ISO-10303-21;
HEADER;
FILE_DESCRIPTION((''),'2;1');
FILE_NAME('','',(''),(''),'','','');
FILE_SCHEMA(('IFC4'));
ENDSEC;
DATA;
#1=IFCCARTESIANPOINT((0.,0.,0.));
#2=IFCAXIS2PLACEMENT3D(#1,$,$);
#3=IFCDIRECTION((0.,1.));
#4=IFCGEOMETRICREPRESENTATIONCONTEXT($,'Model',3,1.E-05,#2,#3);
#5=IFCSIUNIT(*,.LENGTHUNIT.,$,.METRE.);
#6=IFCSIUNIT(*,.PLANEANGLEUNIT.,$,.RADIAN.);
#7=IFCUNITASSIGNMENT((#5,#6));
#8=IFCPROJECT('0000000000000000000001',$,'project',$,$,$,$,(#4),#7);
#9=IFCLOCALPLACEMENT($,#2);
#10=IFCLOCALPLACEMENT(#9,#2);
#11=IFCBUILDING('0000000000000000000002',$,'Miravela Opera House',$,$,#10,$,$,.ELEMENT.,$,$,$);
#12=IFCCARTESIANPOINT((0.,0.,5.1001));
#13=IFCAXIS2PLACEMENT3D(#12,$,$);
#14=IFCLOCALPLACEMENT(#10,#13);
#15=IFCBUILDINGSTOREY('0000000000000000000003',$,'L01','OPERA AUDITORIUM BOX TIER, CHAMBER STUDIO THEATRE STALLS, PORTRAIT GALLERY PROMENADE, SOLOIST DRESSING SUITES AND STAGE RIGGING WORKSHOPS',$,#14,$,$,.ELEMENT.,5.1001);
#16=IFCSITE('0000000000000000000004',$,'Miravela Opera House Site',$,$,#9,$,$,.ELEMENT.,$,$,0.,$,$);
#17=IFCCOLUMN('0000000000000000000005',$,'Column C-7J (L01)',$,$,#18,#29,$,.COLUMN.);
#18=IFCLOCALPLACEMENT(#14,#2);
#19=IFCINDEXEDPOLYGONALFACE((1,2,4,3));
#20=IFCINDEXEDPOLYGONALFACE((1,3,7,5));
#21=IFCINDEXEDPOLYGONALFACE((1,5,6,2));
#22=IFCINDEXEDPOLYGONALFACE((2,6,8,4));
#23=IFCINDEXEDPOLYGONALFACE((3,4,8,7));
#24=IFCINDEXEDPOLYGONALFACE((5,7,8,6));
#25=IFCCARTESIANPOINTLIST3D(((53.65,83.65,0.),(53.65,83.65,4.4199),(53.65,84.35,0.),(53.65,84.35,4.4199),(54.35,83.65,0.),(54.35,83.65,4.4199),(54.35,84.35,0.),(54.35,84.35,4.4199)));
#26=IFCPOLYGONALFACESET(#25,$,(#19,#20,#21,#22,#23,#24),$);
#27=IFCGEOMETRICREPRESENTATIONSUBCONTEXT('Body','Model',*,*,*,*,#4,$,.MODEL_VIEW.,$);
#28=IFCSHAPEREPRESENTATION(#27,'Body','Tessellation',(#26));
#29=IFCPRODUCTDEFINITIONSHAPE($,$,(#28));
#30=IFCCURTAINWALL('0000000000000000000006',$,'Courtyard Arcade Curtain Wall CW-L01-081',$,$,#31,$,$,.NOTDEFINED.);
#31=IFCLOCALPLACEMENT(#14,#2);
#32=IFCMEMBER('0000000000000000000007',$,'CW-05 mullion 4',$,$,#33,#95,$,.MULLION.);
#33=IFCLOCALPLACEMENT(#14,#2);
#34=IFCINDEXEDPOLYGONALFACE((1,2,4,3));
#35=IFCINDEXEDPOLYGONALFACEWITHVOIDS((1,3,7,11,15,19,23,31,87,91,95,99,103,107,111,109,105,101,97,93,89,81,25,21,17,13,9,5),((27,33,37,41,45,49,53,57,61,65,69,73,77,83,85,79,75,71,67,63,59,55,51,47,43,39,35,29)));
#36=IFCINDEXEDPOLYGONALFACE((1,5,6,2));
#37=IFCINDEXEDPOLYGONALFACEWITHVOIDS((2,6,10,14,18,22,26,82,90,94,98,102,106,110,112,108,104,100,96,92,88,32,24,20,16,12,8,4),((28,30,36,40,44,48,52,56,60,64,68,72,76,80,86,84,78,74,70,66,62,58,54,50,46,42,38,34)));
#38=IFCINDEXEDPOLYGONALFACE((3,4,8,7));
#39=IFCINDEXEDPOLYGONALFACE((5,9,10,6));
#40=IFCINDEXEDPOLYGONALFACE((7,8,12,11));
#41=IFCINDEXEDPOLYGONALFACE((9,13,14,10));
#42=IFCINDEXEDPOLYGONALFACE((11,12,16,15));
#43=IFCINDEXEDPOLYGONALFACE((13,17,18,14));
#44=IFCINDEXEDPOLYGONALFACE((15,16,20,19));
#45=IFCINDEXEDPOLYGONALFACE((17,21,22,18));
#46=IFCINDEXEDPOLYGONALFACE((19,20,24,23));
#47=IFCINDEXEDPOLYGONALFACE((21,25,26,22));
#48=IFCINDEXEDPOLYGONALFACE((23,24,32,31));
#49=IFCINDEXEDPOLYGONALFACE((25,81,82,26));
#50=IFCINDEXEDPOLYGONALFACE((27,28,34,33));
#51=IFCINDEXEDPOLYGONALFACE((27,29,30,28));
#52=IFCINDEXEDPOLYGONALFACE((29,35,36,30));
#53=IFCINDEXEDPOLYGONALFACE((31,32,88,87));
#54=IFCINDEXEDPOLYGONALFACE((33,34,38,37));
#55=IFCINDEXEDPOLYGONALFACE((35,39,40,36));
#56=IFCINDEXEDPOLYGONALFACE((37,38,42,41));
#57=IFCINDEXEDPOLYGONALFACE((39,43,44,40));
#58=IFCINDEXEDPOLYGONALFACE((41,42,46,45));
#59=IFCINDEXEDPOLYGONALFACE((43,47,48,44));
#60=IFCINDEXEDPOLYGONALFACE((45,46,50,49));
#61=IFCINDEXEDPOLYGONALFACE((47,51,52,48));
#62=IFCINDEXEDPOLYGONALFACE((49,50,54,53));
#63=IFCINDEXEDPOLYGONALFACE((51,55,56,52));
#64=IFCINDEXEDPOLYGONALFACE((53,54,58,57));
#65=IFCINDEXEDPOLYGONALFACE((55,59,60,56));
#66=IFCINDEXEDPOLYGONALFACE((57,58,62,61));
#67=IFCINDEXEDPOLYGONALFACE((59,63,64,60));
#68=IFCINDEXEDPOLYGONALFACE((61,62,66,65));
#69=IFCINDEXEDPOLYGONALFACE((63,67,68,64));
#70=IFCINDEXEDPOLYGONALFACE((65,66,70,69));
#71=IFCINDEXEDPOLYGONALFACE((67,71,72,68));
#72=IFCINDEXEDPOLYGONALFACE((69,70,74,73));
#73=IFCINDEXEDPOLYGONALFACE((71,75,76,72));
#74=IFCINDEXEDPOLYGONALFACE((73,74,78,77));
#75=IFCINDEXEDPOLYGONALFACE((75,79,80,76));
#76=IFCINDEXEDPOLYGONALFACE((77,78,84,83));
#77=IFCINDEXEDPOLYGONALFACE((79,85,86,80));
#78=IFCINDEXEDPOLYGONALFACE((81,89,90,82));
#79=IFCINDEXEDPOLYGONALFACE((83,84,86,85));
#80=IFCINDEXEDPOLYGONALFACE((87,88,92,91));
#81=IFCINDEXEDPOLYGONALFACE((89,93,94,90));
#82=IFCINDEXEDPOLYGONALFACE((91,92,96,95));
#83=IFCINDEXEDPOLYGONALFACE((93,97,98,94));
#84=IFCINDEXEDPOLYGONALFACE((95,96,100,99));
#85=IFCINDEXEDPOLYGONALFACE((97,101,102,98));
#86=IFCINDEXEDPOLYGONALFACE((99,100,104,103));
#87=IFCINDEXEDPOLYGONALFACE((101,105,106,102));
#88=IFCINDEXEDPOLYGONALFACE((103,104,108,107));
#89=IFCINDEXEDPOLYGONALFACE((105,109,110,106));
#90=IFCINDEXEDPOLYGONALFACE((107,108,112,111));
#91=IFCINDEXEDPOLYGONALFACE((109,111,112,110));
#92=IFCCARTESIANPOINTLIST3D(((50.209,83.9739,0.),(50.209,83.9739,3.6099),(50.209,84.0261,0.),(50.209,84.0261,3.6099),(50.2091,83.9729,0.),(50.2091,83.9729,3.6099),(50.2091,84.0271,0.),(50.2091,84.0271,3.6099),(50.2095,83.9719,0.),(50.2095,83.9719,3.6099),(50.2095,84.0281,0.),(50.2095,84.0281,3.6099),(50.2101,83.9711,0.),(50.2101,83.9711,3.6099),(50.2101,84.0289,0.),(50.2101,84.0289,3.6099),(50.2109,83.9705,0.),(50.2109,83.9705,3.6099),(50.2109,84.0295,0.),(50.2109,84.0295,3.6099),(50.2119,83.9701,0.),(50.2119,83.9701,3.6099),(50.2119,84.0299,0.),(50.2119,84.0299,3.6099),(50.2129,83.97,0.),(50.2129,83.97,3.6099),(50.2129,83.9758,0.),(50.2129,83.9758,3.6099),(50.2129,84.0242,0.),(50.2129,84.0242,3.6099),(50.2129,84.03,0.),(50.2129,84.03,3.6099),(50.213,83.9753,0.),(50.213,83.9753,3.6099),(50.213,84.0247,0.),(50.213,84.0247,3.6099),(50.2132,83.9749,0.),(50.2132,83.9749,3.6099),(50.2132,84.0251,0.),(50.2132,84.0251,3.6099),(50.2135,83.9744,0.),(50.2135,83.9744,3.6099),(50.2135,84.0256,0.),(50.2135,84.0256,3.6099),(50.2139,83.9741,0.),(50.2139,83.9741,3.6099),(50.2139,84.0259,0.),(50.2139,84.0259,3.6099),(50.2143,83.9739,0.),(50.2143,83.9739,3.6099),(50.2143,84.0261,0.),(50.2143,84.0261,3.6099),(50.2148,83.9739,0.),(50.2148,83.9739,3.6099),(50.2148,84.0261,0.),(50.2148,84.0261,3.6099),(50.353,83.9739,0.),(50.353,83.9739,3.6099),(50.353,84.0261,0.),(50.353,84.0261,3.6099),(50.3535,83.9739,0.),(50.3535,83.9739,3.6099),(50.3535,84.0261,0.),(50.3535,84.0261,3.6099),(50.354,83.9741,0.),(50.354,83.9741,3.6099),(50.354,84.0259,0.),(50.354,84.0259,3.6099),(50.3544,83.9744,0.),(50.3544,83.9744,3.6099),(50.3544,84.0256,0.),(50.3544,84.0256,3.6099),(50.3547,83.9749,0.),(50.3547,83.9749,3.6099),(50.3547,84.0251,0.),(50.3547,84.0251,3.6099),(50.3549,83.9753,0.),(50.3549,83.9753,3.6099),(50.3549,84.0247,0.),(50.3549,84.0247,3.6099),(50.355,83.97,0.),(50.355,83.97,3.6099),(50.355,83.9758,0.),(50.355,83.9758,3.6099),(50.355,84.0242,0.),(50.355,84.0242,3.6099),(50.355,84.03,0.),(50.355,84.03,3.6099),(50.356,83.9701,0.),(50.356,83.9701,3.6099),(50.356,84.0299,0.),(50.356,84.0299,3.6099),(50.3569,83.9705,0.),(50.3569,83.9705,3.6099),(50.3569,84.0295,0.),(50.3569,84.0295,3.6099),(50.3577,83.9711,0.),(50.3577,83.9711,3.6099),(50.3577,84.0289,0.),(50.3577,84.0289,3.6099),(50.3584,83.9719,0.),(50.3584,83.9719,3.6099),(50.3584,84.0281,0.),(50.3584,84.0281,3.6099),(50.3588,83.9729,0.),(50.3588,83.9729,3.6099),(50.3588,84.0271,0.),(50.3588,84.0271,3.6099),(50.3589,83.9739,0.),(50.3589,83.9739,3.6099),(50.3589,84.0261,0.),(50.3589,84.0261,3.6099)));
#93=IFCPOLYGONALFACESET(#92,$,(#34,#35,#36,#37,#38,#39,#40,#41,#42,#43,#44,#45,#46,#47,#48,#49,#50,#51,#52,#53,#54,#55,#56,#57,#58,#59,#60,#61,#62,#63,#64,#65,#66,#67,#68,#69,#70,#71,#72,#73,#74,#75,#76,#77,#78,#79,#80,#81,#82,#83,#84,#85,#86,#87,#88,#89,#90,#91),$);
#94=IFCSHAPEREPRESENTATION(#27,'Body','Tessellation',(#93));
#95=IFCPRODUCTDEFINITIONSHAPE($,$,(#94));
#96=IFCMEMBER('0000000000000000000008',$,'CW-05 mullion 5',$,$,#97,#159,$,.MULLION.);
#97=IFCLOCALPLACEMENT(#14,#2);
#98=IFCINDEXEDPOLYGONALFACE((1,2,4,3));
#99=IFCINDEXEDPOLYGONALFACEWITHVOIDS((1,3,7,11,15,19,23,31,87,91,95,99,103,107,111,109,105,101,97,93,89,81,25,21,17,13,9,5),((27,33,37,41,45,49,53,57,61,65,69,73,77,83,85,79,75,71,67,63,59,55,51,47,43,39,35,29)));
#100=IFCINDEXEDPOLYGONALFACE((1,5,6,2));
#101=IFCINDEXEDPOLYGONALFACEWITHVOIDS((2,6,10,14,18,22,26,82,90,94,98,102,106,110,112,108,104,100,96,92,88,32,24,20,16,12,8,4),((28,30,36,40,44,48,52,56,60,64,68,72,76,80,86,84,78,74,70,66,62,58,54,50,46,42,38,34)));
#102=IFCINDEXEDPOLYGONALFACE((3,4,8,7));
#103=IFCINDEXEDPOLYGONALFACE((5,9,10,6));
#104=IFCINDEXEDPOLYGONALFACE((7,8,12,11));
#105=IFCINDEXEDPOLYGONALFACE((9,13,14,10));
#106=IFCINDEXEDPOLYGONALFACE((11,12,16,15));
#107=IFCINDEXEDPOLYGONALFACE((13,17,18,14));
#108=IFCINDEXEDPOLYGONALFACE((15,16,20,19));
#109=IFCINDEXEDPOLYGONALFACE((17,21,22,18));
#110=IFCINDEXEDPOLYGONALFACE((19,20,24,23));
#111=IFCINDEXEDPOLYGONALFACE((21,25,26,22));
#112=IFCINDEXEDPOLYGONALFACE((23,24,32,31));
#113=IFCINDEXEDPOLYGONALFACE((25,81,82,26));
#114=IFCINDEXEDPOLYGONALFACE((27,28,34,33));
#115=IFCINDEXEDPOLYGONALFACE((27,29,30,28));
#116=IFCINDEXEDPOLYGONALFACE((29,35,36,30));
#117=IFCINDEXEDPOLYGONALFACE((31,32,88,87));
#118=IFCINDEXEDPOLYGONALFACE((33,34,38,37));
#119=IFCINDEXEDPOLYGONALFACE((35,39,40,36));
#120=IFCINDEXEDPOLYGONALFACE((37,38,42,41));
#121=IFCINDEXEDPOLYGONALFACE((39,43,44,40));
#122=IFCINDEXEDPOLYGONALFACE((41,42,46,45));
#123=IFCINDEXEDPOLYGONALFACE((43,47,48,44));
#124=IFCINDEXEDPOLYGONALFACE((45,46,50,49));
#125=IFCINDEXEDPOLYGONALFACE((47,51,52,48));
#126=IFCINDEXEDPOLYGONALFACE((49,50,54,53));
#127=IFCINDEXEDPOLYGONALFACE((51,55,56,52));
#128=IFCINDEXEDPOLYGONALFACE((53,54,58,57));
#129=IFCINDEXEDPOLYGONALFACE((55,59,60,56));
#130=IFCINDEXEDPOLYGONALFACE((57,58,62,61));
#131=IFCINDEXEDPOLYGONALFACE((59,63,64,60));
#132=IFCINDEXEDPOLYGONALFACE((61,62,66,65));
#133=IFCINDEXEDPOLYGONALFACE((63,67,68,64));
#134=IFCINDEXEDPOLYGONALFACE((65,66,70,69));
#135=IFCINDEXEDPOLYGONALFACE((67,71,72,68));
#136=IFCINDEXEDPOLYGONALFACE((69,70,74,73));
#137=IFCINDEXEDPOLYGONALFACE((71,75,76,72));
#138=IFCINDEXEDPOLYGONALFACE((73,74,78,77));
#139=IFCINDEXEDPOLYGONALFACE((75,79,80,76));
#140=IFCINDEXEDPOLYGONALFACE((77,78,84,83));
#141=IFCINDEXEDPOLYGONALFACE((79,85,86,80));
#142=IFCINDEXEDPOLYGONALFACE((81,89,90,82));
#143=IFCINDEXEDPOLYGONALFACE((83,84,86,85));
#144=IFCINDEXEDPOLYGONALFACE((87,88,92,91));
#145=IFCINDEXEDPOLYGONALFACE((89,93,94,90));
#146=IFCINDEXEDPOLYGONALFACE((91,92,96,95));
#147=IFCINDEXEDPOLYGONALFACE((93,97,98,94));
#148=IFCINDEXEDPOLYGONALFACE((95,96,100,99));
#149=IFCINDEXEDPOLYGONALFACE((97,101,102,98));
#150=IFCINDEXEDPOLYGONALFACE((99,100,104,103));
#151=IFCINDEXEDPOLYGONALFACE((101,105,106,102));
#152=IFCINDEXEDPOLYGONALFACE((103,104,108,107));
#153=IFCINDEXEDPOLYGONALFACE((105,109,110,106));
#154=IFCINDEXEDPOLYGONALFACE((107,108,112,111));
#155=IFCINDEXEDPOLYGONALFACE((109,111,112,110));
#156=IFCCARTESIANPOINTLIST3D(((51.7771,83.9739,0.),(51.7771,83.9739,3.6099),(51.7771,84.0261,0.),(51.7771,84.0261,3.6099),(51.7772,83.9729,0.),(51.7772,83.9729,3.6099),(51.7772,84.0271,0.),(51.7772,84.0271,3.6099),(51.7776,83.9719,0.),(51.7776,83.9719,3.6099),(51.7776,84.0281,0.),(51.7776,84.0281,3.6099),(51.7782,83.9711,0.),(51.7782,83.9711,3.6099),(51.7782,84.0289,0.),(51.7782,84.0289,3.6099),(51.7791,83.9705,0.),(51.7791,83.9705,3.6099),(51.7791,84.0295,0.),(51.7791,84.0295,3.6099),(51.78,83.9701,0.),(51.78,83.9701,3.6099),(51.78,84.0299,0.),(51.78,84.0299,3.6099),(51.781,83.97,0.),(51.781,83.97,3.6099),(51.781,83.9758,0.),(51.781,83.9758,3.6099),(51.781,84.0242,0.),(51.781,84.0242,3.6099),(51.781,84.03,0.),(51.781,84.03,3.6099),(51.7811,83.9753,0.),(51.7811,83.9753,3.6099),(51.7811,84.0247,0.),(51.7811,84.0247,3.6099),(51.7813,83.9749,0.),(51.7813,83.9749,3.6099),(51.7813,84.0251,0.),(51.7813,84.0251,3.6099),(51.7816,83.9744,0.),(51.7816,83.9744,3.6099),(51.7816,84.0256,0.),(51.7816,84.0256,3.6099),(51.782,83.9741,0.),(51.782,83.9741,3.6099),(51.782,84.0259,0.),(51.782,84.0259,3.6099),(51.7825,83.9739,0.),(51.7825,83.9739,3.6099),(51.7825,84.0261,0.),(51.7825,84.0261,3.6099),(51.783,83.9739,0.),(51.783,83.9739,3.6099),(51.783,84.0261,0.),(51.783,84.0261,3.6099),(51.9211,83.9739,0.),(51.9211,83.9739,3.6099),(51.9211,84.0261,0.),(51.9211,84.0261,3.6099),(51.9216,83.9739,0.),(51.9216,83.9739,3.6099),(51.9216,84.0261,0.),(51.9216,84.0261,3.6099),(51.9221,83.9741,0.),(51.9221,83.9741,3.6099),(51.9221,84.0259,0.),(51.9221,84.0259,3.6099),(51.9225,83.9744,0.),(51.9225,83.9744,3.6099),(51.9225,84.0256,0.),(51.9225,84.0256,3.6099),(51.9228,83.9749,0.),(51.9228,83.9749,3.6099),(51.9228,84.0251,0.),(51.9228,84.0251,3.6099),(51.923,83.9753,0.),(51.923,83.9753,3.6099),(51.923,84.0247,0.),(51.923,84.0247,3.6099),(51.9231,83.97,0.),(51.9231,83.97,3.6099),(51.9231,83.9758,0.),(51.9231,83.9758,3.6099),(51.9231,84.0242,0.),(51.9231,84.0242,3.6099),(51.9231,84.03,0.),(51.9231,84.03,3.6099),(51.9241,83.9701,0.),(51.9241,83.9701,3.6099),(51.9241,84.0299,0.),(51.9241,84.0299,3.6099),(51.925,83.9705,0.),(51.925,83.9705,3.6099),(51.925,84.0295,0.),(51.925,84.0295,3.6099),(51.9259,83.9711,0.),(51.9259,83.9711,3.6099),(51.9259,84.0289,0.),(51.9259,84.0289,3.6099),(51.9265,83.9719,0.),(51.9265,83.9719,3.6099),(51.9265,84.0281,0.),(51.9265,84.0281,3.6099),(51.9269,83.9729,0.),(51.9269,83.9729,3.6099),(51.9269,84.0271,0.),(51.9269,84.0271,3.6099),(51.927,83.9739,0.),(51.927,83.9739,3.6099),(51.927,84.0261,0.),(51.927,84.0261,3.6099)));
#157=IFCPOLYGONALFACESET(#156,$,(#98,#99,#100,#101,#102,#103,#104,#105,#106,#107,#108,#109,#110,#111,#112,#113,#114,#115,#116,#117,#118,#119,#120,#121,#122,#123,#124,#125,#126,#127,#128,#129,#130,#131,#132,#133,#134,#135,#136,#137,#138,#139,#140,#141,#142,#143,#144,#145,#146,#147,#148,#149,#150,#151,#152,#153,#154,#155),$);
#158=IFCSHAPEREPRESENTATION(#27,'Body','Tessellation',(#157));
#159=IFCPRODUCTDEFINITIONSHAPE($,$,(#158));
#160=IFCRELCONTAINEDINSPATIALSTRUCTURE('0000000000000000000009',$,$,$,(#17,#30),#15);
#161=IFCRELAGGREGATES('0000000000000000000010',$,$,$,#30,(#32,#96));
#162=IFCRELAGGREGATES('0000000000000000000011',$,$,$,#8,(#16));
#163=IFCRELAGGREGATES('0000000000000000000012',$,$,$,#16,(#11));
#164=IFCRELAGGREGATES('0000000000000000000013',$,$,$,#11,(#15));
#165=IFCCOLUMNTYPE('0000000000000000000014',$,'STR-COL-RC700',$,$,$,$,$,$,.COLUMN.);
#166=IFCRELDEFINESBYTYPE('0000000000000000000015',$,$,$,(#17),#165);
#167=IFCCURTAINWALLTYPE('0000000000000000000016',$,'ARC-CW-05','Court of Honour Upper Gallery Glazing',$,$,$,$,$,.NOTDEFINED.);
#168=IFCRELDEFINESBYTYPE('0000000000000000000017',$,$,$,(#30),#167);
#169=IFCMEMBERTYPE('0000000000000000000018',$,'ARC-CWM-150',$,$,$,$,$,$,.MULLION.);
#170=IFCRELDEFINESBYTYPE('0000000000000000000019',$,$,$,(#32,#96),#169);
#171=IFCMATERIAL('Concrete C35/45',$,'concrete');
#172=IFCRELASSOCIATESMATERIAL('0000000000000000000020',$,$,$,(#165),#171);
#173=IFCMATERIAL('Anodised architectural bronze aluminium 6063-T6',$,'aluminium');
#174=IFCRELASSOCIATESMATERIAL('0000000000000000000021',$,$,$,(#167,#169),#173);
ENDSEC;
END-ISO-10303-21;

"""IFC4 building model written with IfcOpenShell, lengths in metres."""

from ifc_helpers import new_model, si_unit, direction, frame, origin, origin_2d, place, context, subcontext, project, spatial, rectangle, hollow_rectangle, extrude, material, material_profile, profile_set, type_object, element, aggregate, save


model = new_model("IFC4")

# Units and contexts
model_context = context("Model", 3, precision=1e-05, world=origin(), true_north=direction((0.0, 1.0)))
body_context = subcontext(model_context, "Body", "Model", "MODEL_VIEW")
ifc_project = project(units=[si_unit("LENGTHUNIT", "METRE"), si_unit("PLANEANGLEUNIT", "RADIAN")], contexts=[model_context])

# Site, building, storey
site_placement = place(None, origin())
site = spatial("IfcSite", under=ifc_project, at=site_placement, Name="Miravela Opera House Site", CompositionType="ELEMENT", RefElevation=0.0)
building_placement = place(site_placement, origin())
building = spatial("IfcBuilding", under=site, at=building_placement, Name="Miravela Opera House", CompositionType="ELEMENT")
storey_placement = place(building_placement, frame((0.0, 0.0, 5.1001)))
storey = spatial("IfcBuildingStorey", under=building, at=storey_placement, Name="L01", Description="OPERA AUDITORIUM BOX TIER, CHAMBER STUDIO THEATRE STALLS, PORTRAIT GALLERY PROMENADE, SOLOIST DRESSING SUITES AND STAGE RIGGING WORKSHOPS", CompositionType="ELEMENT", Elevation=5.1001)

# Column
ifc_material_1 = material(Name="Concrete C35/45", Category="concrete")
ifc_material_profile_1 = material_profile(ifc_material_1, rectangle(XDim=0.7, YDim=0.7, at=origin_2d()), Name="RC-COL-700X700")
ifc_profile_set_1 = profile_set([ifc_material_profile_1])
column_type = type_object("IfcColumnType", Name="STR-COL-RC700", PredefinedType="COLUMN", material=ifc_profile_set_1)
column_placement = place(storey_placement, frame((54.0, 84.0, 0.0), z_axis=(0.0, 0.0, 1.0), x_axis=(1.0, 0.0, 0.0)))
element("IfcColumn", 1, at=column_placement, inside=storey, type_object=column_type, Name="Column C-7J (L01)", PredefinedType="COLUMN", context=body_context, shape_type="SweptSolid", body=[
    extrude(rectangle(XDim=0.7, YDim=0.7, at=origin_2d()), origin(), (0.0, 0.0, 1.0), 4.4199),
])

# Curtain wall, members
ifc_material_2 = material(Name="Anodised architectural bronze aluminium 6063-T6", Category="aluminium")
curtain_wall_type = type_object("IfcCurtainWallType", Name="ARC-CW-05", Description="Court of Honour Upper Gallery Glazing", PredefinedType="NOTDEFINED", material=ifc_material_2)
curtain_wall_placement = place(storey_placement, origin())
curtain_wall = element("IfcCurtainWall", 2, at=curtain_wall_placement, inside=storey, type_object=curtain_wall_type, Name="Courtyard Arcade Curtain Wall CW-L01-081", PredefinedType="NOTDEFINED")
ifc_material_profile_2 = material_profile(ifc_material_2, hollow_rectangle(XDim=0.0601, YDim=0.1499, WallThickness=0.0039, InnerFilletRadius=0.002, OuterFilletRadius=0.0039, at=origin_2d()), Name="CWM-60X150")
ifc_profile_set_2 = profile_set([ifc_material_profile_2])
member_type_1 = type_object("IfcMemberType", Name="ARC-CWM-150", PredefinedType="MULLION", material=ifc_profile_set_2)
member_1_placement = place(storey_placement, frame((50.2839, 84.0, 0.0), z_axis=(0.0, 0.0, 1.0), x_axis=(0.0, 1.0, 0.0)))
member_1 = element("IfcMember", 3, at=member_1_placement, type_object=member_type_1, Name="CW-05 mullion 4", PredefinedType="MULLION", context=body_context, shape_type="SweptSolid", body=[
    extrude(hollow_rectangle(XDim=0.0601, YDim=0.1499, WallThickness=0.0039, InnerFilletRadius=0.002, OuterFilletRadius=0.0039, at=origin_2d()), origin(), (0.0, 0.0, 1.0), 3.6099),
])
member_2_placement = place(storey_placement, frame((51.8521, 84.0, 0.0), z_axis=(0.0, 0.0, 1.0), x_axis=(0.0, 1.0, 0.0)))
member_2 = element("IfcMember", 4, at=member_2_placement, type_object=member_type_1, Name="CW-05 mullion 5", PredefinedType="MULLION", context=body_context, shape_type="SweptSolid", body=[
    extrude(hollow_rectangle(XDim=0.0601, YDim=0.1499, WallThickness=0.0039, InnerFilletRadius=0.002, OuterFilletRadius=0.0039, at=origin_2d()), origin(), (0.0, 0.0, 1.0), 3.6099),
])

aggregate(curtain_wall, [member_1, member_2])

save(model, "model.ifc")
